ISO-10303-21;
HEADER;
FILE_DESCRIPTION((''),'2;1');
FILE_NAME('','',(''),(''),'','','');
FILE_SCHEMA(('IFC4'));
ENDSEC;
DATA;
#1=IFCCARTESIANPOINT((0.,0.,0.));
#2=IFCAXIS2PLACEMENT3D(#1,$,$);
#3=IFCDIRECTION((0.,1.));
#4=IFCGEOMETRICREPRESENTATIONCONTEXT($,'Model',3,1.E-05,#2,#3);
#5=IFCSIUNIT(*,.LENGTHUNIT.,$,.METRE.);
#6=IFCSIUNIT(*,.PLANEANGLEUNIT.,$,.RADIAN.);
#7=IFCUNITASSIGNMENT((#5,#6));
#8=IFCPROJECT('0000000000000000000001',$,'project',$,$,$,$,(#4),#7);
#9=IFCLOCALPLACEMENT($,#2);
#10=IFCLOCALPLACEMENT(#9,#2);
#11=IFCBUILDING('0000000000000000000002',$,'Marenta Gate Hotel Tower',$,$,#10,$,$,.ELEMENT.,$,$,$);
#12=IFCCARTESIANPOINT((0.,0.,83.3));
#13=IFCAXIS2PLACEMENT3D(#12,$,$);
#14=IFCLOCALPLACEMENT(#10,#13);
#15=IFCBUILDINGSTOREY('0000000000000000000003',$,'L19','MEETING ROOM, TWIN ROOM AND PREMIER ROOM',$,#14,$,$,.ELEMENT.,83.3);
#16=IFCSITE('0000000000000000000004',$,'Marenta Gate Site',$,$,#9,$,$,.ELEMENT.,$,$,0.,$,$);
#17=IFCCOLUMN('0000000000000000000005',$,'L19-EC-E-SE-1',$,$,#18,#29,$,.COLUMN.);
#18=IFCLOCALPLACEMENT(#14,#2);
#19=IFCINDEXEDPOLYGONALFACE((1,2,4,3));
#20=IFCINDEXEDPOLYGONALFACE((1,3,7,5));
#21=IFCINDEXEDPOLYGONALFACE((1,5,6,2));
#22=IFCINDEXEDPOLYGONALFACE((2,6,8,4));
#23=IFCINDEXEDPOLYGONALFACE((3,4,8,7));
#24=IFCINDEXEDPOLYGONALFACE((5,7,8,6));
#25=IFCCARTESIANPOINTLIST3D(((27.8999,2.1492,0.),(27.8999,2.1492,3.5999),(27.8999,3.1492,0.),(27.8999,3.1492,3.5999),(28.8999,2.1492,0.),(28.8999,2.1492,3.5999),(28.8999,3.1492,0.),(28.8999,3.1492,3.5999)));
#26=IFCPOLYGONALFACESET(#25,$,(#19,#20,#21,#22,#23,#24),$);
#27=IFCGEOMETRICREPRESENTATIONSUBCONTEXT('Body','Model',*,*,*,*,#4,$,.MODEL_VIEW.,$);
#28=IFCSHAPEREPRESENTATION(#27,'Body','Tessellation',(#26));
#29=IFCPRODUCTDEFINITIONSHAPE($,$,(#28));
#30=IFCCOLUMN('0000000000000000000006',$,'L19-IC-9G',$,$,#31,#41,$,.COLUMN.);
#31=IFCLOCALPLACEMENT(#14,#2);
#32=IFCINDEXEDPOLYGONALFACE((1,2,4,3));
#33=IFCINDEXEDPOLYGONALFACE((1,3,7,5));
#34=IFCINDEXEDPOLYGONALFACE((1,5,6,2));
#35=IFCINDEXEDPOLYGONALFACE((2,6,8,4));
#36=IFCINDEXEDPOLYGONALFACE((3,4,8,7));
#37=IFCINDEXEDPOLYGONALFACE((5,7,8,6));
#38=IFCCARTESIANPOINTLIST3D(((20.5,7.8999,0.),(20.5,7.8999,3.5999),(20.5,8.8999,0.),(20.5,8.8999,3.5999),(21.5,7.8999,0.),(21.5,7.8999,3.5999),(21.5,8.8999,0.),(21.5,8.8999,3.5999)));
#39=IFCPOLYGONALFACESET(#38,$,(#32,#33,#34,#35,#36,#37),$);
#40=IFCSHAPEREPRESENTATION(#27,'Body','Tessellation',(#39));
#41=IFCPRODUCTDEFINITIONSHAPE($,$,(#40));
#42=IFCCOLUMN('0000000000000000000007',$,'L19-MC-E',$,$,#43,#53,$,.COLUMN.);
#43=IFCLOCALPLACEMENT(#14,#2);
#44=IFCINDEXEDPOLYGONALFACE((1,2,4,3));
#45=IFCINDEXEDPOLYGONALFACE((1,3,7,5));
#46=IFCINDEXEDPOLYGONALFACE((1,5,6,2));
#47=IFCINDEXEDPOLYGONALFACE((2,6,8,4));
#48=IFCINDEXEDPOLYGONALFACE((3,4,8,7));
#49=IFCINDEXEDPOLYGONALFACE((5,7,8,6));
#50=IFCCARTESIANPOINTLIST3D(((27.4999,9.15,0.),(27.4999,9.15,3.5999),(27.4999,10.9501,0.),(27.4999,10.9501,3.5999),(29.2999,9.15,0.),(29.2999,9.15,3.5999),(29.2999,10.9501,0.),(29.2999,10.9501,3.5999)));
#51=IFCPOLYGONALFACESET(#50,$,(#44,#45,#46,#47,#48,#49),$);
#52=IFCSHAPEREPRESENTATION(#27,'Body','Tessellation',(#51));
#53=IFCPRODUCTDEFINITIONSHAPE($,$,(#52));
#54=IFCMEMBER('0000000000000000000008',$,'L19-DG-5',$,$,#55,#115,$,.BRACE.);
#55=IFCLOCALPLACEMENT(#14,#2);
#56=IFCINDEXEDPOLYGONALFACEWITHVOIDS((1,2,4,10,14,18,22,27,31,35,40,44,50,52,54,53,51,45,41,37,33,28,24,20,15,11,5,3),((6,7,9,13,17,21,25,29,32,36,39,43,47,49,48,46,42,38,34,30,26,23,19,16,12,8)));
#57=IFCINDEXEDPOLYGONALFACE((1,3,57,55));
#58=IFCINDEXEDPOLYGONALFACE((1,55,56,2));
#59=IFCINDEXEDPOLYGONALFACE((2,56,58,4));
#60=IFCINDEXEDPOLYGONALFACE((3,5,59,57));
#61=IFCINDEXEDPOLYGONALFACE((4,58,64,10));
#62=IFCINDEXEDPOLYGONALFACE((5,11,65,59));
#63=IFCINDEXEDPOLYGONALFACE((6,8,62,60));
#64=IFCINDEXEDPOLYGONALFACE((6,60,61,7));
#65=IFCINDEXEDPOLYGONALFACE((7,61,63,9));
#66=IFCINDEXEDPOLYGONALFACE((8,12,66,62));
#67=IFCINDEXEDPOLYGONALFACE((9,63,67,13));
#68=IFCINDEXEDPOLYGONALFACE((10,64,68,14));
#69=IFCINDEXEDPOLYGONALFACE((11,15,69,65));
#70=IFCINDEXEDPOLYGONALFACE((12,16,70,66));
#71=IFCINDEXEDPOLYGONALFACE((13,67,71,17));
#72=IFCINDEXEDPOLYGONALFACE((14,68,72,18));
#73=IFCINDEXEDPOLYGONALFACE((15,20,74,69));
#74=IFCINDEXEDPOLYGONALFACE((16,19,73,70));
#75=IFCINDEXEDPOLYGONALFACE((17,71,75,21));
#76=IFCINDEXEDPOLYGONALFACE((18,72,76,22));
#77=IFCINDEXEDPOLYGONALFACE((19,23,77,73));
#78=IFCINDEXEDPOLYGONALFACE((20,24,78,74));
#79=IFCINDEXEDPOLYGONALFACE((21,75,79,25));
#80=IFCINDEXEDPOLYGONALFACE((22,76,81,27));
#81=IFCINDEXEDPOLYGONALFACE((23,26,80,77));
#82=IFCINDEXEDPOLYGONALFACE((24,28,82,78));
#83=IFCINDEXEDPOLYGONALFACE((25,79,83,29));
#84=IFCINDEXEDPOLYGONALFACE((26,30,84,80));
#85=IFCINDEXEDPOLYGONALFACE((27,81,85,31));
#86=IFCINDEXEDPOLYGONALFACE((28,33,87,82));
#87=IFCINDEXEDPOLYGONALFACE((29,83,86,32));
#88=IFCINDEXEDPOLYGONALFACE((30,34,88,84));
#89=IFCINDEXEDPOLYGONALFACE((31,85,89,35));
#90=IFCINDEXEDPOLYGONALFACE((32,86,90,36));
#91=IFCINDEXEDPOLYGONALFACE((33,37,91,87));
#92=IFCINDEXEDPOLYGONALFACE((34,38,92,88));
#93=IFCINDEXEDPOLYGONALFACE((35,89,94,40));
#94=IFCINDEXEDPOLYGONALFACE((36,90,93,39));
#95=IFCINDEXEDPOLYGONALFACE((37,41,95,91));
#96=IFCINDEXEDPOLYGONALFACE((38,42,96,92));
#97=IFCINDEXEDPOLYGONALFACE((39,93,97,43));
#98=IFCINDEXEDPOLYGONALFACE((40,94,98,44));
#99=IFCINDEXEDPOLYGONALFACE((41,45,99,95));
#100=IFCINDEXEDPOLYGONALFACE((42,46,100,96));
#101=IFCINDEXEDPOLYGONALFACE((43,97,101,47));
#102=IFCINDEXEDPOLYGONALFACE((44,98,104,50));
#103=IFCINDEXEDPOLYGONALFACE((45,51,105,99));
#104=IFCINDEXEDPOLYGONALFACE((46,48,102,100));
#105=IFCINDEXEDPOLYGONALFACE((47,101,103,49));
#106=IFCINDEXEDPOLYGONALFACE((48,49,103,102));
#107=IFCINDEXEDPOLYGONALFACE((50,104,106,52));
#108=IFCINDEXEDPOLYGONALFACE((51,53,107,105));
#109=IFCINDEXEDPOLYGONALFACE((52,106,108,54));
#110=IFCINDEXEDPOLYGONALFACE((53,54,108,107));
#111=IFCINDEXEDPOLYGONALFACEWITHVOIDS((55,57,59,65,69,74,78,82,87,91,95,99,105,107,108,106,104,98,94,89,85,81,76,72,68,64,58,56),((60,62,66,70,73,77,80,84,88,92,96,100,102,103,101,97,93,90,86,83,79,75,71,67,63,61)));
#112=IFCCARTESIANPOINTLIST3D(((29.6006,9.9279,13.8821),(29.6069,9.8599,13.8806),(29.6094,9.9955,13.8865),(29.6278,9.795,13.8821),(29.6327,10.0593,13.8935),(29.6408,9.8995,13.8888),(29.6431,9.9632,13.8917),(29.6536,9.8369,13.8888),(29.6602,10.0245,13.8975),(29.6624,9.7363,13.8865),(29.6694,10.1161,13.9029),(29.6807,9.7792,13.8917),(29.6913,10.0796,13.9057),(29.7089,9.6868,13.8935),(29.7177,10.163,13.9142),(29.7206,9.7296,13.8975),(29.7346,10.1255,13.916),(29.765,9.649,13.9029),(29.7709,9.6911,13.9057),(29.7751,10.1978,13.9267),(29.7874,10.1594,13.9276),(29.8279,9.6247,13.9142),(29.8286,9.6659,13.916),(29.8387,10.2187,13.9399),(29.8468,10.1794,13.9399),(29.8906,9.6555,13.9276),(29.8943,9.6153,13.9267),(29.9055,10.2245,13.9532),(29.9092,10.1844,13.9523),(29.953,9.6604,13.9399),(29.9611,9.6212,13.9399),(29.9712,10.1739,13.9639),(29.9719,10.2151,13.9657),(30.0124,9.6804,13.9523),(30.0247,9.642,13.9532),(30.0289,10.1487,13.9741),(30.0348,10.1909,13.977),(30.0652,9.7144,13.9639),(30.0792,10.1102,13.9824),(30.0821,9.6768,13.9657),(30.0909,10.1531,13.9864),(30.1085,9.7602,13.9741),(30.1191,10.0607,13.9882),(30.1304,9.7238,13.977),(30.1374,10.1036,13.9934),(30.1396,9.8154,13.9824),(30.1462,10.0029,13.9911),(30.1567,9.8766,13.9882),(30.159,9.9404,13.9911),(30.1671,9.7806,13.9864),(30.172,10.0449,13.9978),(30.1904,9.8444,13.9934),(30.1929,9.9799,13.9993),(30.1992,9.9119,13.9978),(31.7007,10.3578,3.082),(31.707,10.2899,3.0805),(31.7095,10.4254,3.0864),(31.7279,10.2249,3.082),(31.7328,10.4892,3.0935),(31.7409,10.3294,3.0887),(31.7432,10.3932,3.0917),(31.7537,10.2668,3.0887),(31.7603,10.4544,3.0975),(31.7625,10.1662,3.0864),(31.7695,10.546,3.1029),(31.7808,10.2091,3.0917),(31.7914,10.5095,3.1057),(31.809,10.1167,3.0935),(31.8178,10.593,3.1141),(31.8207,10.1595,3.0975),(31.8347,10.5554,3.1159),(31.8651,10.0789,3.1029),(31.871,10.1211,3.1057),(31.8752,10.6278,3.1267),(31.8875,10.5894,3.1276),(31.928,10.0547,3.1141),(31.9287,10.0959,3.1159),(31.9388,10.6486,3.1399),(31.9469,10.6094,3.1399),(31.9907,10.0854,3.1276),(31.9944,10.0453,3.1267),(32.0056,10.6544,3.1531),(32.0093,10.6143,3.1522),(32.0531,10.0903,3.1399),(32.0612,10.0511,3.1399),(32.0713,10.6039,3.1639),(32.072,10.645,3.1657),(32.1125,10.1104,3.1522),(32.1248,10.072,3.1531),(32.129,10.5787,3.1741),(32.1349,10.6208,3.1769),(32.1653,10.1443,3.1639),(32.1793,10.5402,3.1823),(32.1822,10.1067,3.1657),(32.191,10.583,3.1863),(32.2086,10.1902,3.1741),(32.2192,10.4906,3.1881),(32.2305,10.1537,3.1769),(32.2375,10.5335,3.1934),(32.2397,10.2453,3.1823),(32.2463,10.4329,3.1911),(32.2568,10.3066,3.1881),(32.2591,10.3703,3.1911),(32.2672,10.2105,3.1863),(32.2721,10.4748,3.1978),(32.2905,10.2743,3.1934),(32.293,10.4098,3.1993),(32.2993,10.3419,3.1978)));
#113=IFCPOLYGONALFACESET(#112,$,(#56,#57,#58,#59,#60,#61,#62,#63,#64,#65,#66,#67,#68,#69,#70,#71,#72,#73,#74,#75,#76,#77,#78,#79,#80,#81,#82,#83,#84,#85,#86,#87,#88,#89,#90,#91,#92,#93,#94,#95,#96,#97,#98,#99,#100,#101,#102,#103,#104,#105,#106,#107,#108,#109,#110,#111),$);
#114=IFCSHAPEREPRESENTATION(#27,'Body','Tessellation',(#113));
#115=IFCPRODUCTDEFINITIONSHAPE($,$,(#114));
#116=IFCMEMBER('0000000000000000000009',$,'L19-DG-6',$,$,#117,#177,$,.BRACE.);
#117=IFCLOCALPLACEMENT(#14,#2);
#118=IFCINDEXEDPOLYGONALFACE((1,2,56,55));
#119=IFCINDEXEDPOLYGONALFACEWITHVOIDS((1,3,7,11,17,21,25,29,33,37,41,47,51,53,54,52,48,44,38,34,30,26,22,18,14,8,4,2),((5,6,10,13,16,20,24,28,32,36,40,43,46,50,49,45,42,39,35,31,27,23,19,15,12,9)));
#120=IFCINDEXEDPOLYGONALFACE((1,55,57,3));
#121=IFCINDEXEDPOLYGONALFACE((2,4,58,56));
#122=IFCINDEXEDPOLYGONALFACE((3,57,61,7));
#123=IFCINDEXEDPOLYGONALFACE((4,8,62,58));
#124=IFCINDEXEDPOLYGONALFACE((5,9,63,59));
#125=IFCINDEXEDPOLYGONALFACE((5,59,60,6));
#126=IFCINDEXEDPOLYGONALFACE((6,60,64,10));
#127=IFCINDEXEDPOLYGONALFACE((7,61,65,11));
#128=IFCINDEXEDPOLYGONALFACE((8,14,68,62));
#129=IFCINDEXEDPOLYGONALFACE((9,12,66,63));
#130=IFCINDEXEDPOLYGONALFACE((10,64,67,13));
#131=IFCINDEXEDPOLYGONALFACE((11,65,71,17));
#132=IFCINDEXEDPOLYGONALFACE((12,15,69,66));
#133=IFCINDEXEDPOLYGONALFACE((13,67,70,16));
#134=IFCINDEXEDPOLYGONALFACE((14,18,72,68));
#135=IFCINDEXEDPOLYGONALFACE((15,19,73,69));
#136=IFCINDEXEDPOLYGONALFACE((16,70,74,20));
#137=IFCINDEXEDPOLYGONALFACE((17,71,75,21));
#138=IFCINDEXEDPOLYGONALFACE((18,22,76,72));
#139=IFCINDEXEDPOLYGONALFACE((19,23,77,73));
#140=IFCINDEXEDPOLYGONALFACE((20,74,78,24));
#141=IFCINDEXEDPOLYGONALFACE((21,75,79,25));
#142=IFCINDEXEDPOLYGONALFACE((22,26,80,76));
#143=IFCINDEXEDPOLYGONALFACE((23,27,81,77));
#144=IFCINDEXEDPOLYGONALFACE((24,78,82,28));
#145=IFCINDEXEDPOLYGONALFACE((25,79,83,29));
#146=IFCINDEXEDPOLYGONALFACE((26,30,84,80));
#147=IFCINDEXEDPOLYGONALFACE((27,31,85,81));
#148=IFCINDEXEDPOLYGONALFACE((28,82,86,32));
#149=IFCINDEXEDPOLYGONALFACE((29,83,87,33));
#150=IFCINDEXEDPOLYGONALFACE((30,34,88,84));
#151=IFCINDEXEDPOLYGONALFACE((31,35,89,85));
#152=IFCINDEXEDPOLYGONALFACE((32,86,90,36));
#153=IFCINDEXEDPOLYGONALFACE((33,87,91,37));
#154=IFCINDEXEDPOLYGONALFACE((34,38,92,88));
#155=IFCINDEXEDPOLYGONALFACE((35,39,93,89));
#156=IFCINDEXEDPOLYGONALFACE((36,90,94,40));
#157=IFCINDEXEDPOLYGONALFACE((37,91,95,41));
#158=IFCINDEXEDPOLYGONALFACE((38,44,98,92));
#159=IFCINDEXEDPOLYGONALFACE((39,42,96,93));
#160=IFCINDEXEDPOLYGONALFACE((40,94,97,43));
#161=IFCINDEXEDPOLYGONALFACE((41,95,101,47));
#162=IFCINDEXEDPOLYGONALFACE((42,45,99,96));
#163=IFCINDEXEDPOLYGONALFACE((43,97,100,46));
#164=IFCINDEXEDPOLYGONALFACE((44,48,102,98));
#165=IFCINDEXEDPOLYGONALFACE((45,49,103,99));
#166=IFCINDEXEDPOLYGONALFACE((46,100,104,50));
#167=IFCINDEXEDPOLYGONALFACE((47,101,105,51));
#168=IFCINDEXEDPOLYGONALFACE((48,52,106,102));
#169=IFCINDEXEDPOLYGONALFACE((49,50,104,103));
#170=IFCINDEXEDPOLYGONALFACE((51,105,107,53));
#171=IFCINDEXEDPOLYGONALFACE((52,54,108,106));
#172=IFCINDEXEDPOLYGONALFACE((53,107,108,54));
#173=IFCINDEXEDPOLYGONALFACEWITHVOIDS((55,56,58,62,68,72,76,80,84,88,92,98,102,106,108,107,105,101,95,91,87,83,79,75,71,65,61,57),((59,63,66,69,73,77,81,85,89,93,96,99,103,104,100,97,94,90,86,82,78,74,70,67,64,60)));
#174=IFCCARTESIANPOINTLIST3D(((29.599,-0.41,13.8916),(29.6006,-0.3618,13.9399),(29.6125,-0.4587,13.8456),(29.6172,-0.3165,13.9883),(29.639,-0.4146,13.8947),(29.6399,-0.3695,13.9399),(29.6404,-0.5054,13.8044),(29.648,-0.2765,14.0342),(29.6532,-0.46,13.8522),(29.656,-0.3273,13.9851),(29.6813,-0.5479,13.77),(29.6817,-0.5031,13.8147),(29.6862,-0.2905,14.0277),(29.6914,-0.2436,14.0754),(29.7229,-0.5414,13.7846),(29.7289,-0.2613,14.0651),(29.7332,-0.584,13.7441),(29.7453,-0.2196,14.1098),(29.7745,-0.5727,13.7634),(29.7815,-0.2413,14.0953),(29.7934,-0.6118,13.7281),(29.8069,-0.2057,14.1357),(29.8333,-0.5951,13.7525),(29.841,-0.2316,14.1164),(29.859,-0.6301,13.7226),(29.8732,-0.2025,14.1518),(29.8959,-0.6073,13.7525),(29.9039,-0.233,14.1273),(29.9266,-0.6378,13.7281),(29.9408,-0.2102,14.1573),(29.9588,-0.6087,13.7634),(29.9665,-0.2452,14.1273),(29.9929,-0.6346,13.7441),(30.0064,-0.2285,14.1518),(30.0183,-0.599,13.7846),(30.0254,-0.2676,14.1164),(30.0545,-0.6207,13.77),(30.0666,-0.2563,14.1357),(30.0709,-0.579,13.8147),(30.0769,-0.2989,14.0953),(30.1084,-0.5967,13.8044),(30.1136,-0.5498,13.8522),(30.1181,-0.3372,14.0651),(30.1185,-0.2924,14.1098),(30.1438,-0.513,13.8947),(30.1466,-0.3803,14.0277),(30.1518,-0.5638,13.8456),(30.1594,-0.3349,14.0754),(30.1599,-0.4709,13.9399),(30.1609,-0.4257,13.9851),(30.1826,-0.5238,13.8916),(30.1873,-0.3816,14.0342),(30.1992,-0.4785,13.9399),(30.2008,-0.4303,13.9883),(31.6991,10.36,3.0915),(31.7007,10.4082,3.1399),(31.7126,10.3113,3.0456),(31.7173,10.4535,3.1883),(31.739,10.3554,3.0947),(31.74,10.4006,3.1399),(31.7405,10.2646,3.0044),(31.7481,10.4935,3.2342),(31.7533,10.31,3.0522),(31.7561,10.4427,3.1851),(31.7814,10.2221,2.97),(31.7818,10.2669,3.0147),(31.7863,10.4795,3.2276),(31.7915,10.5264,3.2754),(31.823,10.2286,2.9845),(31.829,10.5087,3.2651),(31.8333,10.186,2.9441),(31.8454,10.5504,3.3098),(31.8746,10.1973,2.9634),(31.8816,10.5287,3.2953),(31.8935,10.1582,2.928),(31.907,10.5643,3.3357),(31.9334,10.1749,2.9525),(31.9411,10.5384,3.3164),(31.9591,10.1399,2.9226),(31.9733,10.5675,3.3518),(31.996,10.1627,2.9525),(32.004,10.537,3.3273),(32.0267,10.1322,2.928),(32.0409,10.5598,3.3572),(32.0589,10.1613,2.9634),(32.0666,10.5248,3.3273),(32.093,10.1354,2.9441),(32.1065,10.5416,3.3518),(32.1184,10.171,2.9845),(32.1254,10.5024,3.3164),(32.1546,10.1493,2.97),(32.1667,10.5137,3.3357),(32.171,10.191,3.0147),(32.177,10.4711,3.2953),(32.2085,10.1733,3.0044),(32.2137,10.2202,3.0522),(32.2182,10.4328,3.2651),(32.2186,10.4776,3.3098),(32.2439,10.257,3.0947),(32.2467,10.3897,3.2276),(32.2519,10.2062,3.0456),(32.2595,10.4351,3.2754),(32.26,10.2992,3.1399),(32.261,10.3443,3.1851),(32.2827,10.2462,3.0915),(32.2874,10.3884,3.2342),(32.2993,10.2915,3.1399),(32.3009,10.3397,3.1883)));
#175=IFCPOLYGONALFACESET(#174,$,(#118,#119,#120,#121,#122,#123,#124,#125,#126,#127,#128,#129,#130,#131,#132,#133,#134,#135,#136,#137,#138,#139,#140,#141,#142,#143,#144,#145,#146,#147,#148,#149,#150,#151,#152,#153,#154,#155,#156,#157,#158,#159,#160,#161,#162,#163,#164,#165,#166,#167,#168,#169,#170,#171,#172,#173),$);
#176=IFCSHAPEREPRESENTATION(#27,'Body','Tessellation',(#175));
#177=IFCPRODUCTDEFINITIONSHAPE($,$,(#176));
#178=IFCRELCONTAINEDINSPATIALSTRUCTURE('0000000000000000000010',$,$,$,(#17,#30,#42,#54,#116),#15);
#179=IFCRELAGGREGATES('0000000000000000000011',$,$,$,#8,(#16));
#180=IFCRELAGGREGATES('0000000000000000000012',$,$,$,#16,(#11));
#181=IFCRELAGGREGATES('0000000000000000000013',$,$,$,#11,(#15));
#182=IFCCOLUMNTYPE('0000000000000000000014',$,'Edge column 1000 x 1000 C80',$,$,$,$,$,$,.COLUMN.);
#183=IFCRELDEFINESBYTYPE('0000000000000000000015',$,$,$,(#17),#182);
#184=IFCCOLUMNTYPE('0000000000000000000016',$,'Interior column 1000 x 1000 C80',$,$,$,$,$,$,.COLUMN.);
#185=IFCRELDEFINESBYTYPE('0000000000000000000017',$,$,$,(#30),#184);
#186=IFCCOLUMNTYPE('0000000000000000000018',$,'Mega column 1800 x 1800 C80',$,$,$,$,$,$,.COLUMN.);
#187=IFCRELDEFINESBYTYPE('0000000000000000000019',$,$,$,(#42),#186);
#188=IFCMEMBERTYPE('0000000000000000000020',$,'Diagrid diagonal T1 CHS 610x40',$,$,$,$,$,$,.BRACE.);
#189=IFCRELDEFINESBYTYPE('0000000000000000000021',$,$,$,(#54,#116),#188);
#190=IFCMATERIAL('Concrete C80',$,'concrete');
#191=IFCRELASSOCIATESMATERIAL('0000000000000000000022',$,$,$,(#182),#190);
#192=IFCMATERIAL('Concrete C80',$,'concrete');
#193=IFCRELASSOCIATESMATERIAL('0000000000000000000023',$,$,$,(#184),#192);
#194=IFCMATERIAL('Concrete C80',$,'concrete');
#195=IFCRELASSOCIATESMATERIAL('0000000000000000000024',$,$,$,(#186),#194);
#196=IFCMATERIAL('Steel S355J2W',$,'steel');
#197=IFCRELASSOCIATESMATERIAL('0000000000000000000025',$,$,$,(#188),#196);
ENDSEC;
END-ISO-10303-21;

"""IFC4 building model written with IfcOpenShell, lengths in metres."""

from ifc_helpers import new_model, si_unit, direction, frame, origin, origin_2d, place, context, subcontext, project, spatial, rectangle, hollow_circle, extrude, material, material_profile, profile_set, type_object, element, save


model = new_model("IFC4")

# Units and contexts
model_context = context("Model", 3, precision=1e-05, world=origin(), true_north=direction((0.0, 1.0)))
body_context = subcontext(model_context, "Body", "Model", "MODEL_VIEW")
ifc_project = project(units=[si_unit("LENGTHUNIT", "METRE"), si_unit("PLANEANGLEUNIT", "RADIAN")], contexts=[model_context])

# Site, building, storey
site_placement = place(None, origin())
site = spatial("IfcSite", under=ifc_project, at=site_placement, Name="Marenta Gate Site", CompositionType="ELEMENT", RefElevation=0.0)
building_placement = place(site_placement, origin())
building = spatial("IfcBuilding", under=site, at=building_placement, Name="Marenta Gate Hotel Tower", CompositionType="ELEMENT")
storey_placement = place(building_placement, frame((0.0, 0.0, 83.3)))
storey = spatial("IfcBuildingStorey", under=building, at=storey_placement, Name="L19", Description="MEETING ROOM, TWIN ROOM AND PREMIER ROOM", CompositionType="ELEMENT", Elevation=83.3)

# Columns
ifc_material_1 = material(Name="Concrete C80", Category="concrete")
ifc_material_profile_1 = material_profile(ifc_material_1, rectangle(XDim=1.0, YDim=1.0, at=origin_2d()), Name="1000 x 1000")
ifc_profile_set_1 = profile_set([ifc_material_profile_1], Name="Concrete C80")
column_type_1 = type_object("IfcColumnType", Name="Edge column 1000 x 1000 C80", PredefinedType="COLUMN", material=ifc_profile_set_1)
column_1_placement = place(storey_placement, frame((28.3999, 2.6492, 0.0), z_axis=(0.0, 0.0, 1.0), x_axis=(1.0, 0.0, 0.0)))
element("IfcColumn", 1, at=column_1_placement, inside=storey, type_object=column_type_1, Name="L19-EC-E-SE-1", PredefinedType="COLUMN", context=body_context, shape_type="SweptSolid", body=[
    extrude(rectangle(XDim=1.0, YDim=1.0, at=origin_2d()), origin(), (0.0, 0.0, 1.0), 3.5999),
])
ifc_material_2 = material(Name="Concrete C80", Category="concrete")
ifc_material_profile_2 = material_profile(ifc_material_2, rectangle(XDim=1.0, YDim=1.0, at=origin_2d()), Name="1000 x 1000")
ifc_profile_set_2 = profile_set([ifc_material_profile_2], Name="Concrete C80")
column_type_2 = type_object("IfcColumnType", Name="Interior column 1000 x 1000 C80", PredefinedType="COLUMN", material=ifc_profile_set_2)
column_2_placement = place(storey_placement, frame((21.0, 8.3999, 0.0), z_axis=(0.0, 0.0, 1.0), x_axis=(1.0, 0.0, 0.0)))
element("IfcColumn", 2, at=column_2_placement, inside=storey, type_object=column_type_2, Name="L19-IC-9G", PredefinedType="COLUMN", context=body_context, shape_type="SweptSolid", body=[
    extrude(rectangle(XDim=1.0, YDim=1.0, at=origin_2d()), origin(), (0.0, 0.0, 1.0), 3.5999),
])
ifc_material_3 = material(Name="Concrete C80", Category="concrete")
ifc_material_profile_3 = material_profile(ifc_material_3, rectangle(XDim=1.8, YDim=1.8, at=origin_2d()), Name="1800 x 1800")
ifc_profile_set_3 = profile_set([ifc_material_profile_3], Name="Concrete C80")
column_type_3 = type_object("IfcColumnType", Name="Mega column 1800 x 1800 C80", PredefinedType="COLUMN", material=ifc_profile_set_3)
column_3_placement = place(storey_placement, frame((28.3999, 10.05, 0.0), z_axis=(0.0, 0.0, 1.0), x_axis=(1.0, 0.0, 0.0)))
element("IfcColumn", 3, at=column_3_placement, inside=storey, type_object=column_type_3, Name="L19-MC-E", PredefinedType="COLUMN", context=body_context, shape_type="SweptSolid", body=[
    extrude(rectangle(XDim=1.8, YDim=1.8, at=origin_2d()), origin(), (0.0, 0.0, 1.0), 3.5999),
])

# Members
ifc_material_4 = material(Name="Steel S355J2W", Category="steel")
ifc_material_profile_4 = material_profile(ifc_material_4, hollow_circle(Radius=0.3049, WallThickness=0.04, at=origin_2d()), Name="CHS 610x40")
ifc_profile_set_4 = profile_set([ifc_material_profile_4], Name="Steel S355J2W")
member_type_1 = type_object("IfcMemberType", Name="Diagrid diagonal T1 CHS 610x40", PredefinedType="BRACE", material=ifc_profile_set_4)
member_1_placement = place(storey_placement, frame((32.0, 10.3499, 3.1399), z_axis=(-0.190732, -0.039047, 0.980865), x_axis=(0.20056, -0.979681, 0.0)))
element("IfcMember", 4, at=member_1_placement, inside=storey, type_object=member_type_1, Name="L19-DG-5", PredefinedType="BRACE", context=body_context, shape_type="SweptSolid", body=[
    extrude(hollow_circle(Radius=0.3049, WallThickness=0.04, at=origin_2d()), origin(), (0.0, 0.0, 1.0), 11.0107),
])
member_2_placement = place(storey_placement, frame((32.0, 10.3499, 3.1399), z_axis=(-0.136403, -0.699522, 0.701472), x_axis=(0.981514, -0.19139, 0.0)))
element("IfcMember", 5, at=member_2_placement, inside=storey, type_object=member_type_1, Name="L19-DG-6", PredefinedType="BRACE", context=body_context, shape_type="SweptSolid", body=[
    extrude(hollow_circle(Radius=0.3049, WallThickness=0.04, at=origin_2d()), origin(), (0.0, 0.0, 1.0), 15.3962),
])

save(model, "model.ifc")
